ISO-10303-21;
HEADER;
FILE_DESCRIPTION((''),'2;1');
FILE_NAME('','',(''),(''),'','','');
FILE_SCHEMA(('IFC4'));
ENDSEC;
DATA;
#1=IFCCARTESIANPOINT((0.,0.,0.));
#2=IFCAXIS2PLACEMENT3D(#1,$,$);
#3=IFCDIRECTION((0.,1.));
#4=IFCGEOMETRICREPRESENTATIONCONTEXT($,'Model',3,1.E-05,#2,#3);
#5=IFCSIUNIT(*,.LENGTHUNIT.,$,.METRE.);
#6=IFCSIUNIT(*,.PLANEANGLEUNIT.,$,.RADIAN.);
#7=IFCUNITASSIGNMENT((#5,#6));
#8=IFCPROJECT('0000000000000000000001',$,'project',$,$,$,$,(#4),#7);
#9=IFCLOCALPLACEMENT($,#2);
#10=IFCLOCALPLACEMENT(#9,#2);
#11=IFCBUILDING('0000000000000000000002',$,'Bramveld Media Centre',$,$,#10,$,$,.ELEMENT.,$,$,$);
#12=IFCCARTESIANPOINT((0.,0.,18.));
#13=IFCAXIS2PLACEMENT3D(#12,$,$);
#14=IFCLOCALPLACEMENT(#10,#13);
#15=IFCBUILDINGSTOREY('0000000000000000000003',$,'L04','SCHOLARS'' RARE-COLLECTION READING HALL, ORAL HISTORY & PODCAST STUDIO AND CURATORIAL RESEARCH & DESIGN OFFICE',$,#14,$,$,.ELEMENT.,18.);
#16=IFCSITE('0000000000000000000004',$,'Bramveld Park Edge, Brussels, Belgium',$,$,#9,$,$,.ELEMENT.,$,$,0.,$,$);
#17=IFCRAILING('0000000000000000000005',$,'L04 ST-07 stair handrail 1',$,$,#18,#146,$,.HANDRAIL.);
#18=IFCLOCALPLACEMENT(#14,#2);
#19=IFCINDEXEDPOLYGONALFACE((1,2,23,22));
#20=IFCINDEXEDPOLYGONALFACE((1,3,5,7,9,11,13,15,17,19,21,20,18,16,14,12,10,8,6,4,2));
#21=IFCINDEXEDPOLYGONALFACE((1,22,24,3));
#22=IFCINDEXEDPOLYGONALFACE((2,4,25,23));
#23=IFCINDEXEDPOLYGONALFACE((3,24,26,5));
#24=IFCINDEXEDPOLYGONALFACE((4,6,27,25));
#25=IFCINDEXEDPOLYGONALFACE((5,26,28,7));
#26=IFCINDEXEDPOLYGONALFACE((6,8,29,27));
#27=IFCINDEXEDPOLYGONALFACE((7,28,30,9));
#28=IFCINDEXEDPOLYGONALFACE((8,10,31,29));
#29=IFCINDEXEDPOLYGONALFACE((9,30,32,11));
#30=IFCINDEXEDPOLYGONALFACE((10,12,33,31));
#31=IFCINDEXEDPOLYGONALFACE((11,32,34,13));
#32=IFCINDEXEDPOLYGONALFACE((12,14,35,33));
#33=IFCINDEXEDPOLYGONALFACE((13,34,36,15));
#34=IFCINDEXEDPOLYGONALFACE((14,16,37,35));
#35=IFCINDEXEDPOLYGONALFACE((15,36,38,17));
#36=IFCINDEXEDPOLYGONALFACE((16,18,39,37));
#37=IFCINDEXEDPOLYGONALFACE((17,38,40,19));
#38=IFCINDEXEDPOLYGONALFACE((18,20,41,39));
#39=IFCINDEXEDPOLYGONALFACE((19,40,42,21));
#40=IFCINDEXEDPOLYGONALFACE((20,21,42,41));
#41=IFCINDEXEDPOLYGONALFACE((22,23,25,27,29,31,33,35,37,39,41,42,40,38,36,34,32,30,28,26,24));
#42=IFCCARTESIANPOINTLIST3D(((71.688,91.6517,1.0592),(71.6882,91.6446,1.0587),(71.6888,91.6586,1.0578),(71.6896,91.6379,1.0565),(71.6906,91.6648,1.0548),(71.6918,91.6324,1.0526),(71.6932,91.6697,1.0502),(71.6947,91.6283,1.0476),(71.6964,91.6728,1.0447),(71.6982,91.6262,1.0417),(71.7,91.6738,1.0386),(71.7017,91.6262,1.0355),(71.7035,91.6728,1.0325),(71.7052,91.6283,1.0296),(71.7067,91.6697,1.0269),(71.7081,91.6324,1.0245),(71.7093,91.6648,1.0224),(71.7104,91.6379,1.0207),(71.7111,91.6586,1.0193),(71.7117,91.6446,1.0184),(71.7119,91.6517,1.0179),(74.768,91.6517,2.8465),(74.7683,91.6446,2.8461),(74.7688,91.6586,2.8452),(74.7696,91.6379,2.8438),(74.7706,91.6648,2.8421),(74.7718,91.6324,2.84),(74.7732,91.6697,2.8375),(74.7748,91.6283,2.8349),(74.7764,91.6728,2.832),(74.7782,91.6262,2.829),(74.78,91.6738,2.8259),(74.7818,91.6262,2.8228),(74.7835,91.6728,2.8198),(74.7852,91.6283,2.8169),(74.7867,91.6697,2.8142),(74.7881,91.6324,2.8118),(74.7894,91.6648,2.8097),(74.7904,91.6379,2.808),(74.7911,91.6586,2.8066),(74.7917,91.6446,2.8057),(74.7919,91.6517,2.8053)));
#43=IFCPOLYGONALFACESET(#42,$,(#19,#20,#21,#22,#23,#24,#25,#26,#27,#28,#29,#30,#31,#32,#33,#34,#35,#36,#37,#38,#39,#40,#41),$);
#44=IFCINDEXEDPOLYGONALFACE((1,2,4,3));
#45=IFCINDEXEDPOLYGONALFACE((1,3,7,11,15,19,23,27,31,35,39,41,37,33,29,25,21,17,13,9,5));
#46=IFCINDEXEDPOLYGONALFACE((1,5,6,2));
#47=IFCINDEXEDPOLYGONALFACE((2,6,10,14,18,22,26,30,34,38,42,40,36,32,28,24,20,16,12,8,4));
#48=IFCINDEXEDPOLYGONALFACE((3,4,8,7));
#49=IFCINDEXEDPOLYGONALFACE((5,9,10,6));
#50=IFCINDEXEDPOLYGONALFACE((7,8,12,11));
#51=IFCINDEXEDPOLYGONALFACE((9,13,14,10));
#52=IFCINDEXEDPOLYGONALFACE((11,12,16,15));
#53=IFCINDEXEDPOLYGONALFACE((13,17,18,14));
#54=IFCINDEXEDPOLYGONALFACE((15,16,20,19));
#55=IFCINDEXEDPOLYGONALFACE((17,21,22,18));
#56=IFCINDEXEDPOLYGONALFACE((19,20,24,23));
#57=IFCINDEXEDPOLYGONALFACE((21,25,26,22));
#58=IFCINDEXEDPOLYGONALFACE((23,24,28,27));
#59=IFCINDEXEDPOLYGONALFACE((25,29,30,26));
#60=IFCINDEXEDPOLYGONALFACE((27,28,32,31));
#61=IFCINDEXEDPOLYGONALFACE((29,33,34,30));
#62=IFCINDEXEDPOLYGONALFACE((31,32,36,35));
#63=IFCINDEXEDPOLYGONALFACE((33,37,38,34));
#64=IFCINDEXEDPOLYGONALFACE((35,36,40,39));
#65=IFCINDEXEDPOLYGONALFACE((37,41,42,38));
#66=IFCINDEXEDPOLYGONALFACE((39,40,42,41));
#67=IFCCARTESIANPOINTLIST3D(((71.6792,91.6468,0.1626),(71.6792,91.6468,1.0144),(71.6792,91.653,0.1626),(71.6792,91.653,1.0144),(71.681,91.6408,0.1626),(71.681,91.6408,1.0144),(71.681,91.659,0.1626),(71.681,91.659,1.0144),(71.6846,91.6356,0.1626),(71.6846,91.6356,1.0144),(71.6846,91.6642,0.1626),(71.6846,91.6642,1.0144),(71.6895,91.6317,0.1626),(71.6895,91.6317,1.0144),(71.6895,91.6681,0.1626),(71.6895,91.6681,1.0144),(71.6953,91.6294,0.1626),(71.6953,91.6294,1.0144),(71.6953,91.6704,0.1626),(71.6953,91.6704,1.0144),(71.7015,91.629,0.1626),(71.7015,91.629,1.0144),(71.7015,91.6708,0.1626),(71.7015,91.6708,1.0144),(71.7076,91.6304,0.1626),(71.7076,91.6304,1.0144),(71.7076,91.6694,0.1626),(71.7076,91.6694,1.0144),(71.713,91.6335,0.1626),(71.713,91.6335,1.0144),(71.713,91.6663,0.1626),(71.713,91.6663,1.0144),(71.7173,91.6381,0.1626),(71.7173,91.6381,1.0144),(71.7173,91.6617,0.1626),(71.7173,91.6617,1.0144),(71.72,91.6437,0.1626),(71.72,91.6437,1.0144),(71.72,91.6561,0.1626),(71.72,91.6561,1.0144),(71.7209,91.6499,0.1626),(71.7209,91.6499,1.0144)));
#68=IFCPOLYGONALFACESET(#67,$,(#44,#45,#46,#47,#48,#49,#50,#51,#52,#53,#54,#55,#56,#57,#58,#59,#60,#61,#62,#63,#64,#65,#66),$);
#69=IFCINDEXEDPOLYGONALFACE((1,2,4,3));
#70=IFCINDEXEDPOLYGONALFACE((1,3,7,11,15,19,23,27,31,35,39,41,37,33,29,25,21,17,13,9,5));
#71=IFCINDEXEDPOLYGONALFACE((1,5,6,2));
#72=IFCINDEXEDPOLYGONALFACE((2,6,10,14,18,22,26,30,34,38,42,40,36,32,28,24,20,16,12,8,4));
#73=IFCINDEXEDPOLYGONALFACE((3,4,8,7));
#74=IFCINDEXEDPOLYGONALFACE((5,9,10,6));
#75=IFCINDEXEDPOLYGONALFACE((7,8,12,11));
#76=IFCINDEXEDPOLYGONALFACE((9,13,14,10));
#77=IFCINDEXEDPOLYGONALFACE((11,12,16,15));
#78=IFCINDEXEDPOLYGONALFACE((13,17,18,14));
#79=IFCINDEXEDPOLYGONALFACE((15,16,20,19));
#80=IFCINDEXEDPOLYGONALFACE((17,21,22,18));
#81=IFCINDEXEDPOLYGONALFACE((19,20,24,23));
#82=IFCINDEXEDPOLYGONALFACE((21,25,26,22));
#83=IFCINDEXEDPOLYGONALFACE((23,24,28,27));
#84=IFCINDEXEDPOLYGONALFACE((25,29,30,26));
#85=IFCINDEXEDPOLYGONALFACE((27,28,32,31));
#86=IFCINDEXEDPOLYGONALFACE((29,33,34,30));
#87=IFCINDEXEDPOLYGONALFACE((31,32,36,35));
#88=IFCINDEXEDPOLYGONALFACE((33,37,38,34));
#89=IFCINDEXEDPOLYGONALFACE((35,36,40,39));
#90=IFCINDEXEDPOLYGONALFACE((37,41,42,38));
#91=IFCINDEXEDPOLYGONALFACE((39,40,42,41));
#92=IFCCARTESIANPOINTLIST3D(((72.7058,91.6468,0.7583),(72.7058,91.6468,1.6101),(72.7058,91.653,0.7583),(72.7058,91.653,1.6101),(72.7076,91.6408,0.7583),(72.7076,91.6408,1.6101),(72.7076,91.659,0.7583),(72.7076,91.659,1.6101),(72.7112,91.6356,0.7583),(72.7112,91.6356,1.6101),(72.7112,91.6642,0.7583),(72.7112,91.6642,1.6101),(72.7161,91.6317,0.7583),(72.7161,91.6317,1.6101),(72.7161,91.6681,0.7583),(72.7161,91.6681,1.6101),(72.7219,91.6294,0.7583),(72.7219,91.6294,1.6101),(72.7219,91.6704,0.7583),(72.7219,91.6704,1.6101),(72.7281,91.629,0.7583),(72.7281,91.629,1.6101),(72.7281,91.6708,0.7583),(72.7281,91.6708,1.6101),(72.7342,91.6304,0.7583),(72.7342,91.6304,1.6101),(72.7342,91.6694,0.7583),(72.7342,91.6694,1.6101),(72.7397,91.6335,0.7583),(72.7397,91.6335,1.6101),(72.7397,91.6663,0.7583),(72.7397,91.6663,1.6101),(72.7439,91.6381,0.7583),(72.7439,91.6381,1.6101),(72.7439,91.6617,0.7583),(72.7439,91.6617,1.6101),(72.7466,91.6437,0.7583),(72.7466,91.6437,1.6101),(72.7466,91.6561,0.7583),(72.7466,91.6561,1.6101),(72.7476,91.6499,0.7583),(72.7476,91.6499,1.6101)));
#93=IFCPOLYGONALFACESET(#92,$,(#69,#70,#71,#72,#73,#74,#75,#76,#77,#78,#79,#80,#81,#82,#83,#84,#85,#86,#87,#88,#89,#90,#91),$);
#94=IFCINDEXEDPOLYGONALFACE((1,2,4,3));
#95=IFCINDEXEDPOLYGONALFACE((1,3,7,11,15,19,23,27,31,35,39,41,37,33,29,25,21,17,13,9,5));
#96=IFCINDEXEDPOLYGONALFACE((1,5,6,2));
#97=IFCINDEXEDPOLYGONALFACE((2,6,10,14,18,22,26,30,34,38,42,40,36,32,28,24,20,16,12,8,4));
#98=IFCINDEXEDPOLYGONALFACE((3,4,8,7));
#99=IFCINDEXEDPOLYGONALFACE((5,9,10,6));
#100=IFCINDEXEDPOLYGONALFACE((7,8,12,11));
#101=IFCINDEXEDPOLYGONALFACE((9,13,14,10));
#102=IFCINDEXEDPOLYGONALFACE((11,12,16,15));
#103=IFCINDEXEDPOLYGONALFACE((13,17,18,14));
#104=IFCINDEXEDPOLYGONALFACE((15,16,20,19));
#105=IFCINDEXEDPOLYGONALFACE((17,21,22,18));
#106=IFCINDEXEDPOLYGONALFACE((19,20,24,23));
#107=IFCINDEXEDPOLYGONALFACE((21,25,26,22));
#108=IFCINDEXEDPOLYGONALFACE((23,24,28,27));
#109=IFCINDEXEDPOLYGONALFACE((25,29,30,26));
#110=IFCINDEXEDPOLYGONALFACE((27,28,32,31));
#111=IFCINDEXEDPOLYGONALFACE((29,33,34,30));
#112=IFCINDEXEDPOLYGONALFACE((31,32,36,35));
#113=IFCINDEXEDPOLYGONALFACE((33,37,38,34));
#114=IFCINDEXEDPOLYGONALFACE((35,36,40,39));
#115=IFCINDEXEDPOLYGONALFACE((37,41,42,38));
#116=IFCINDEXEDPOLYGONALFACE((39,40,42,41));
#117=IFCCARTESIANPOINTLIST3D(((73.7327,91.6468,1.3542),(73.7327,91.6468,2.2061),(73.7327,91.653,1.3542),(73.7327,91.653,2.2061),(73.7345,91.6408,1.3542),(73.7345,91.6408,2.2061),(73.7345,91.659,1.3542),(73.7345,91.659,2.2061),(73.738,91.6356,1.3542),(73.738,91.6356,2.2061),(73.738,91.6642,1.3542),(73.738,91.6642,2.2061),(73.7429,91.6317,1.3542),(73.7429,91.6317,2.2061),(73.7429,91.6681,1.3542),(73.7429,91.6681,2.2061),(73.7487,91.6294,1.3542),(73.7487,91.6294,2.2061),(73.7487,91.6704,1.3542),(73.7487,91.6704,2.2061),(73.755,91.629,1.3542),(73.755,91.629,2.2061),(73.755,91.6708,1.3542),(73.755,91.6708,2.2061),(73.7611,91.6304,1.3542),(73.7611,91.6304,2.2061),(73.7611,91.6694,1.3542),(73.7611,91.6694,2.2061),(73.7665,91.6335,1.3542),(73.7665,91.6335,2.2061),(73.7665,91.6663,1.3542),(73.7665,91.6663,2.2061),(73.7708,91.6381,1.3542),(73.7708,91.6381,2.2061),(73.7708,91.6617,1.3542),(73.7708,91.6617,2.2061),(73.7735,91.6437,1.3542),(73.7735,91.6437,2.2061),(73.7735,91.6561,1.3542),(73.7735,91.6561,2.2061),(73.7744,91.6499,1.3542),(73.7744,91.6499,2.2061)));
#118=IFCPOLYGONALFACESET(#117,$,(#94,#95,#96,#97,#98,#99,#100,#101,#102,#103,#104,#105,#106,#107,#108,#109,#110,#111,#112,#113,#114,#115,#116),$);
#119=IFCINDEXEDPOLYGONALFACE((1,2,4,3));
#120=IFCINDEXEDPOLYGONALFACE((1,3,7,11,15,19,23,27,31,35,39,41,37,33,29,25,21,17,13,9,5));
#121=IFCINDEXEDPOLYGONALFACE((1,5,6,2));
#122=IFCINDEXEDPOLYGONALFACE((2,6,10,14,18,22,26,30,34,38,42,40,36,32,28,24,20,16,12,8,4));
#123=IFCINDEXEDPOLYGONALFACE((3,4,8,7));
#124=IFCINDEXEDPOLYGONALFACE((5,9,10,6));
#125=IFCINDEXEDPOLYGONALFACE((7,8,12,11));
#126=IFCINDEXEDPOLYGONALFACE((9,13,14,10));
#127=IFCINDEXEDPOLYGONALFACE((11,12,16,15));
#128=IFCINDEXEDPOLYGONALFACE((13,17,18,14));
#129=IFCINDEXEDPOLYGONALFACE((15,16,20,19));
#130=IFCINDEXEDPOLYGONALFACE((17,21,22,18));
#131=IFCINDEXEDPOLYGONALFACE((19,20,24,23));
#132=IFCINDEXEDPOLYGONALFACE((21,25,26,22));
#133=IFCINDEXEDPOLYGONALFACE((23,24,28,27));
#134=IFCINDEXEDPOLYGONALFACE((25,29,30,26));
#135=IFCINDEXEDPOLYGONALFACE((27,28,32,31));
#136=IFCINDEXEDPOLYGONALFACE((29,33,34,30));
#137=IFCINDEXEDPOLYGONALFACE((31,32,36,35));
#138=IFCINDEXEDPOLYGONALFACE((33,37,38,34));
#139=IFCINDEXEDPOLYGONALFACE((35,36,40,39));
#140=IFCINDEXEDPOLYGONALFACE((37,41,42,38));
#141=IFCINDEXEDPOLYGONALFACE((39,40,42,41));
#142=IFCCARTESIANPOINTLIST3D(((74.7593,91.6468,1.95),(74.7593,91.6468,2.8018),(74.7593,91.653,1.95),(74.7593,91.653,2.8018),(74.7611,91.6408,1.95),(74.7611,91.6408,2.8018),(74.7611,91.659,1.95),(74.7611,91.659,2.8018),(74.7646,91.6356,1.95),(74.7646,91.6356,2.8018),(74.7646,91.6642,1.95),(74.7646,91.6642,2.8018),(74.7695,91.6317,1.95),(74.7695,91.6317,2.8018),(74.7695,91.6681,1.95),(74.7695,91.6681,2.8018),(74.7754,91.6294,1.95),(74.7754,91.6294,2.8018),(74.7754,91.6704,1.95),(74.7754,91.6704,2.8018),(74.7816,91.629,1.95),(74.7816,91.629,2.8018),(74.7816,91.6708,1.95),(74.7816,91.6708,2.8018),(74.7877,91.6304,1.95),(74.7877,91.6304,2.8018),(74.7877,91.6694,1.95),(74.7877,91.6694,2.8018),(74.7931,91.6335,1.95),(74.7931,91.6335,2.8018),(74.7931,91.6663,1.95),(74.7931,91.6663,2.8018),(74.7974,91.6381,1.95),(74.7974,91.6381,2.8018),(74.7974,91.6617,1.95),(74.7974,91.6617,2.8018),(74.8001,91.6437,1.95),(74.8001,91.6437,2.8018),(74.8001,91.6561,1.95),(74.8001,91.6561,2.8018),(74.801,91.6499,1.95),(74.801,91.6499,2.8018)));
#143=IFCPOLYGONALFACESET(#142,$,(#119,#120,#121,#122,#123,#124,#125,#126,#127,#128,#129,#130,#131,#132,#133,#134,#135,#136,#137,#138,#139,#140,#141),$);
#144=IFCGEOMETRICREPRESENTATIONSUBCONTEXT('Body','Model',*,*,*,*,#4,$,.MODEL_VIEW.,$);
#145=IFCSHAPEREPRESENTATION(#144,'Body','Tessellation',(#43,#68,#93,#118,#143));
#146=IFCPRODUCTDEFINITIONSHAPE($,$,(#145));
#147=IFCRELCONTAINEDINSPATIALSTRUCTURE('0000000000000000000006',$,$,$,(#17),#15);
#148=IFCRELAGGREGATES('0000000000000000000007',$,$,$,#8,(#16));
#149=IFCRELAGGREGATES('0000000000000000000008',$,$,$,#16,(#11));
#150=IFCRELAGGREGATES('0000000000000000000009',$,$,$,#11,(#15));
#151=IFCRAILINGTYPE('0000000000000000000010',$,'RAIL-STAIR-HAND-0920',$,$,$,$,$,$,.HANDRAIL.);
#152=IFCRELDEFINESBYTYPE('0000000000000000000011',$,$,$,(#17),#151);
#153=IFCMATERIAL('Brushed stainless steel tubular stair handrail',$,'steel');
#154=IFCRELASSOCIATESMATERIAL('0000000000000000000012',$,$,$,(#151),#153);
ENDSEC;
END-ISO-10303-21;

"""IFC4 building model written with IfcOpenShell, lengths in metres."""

from ifc_helpers import new_model, si_unit, direction, frame, origin, origin_2d, place, context, subcontext, project, spatial, circle, extrude, material, type_object, element, save


model = new_model("IFC4")

# Units and contexts
model_context = context("Model", 3, precision=1e-05, world=origin(), true_north=direction((0.0, 1.0)))
body_context = subcontext(model_context, "Body", "Model", "MODEL_VIEW")
ifc_project = project(units=[si_unit("LENGTHUNIT", "METRE"), si_unit("PLANEANGLEUNIT", "RADIAN")], contexts=[model_context])

# Site, building, storey
site_placement = place(None, origin())
site = spatial("IfcSite", under=ifc_project, at=site_placement, Name="Bramveld Park Edge, Brussels, Belgium", CompositionType="ELEMENT", RefElevation=0.0)
building_placement = place(site_placement, origin())
building = spatial("IfcBuilding", under=site, at=building_placement, Name="Bramveld Media Centre", CompositionType="ELEMENT")
storey_placement = place(building_placement, frame((0.0, 0.0, 18.0)))
storey = spatial("IfcBuildingStorey", under=building, at=storey_placement, Name="L04", Description="SCHOLARS' RARE-COLLECTION READING HALL, ORAL HISTORY & PODCAST STUDIO AND CURATORIAL RESEARCH & DESIGN OFFICE", CompositionType="ELEMENT", Elevation=18.0)

# Railing
ifc_material_1 = material(Name="Brushed stainless steel tubular stair handrail", Category="steel")
railing_type_1 = type_object("IfcRailingType", Name="RAIL-STAIR-HAND-0920", PredefinedType="HANDRAIL", material=ifc_material_1)
railing_1_placement = place(storey_placement, frame((71.7, 91.6499, 0.1626)))
element("IfcRailing", 1, at=railing_1_placement, inside=storey, type_object=railing_type_1, Name="L04 ST-07 stair handrail 1", PredefinedType="HANDRAIL", context=body_context, shape_type="SweptSolid", body=[
    extrude(circle(Radius=0.0239, at=origin_2d()), frame((0.0, 0.0, 0.876), z_axis=(0.86492, 0.0, 0.501909), x_axis=(0.0, 1.0, 0.0)), (0.0, 0.0, 1.0), 3.561),
    extrude(circle(Radius=0.021, at=origin_2d()), origin(), (0.0, 0.0, 1.0), 0.8518),
    extrude(circle(Radius=0.021, at=origin_2d()), frame((1.0266, 0.0, 0.5957)), (0.0, 0.0, 1.0), 0.8518),
    extrude(circle(Radius=0.021, at=origin_2d()), frame((2.0535, 0.0, 1.1917)), (0.0, 0.0, 1.0), 0.8518),
    extrude(circle(Radius=0.021, at=origin_2d()), frame((3.0801, 0.0, 1.7874)), (0.0, 0.0, 1.0), 0.8518),
])

save(model, "model.ifc")
